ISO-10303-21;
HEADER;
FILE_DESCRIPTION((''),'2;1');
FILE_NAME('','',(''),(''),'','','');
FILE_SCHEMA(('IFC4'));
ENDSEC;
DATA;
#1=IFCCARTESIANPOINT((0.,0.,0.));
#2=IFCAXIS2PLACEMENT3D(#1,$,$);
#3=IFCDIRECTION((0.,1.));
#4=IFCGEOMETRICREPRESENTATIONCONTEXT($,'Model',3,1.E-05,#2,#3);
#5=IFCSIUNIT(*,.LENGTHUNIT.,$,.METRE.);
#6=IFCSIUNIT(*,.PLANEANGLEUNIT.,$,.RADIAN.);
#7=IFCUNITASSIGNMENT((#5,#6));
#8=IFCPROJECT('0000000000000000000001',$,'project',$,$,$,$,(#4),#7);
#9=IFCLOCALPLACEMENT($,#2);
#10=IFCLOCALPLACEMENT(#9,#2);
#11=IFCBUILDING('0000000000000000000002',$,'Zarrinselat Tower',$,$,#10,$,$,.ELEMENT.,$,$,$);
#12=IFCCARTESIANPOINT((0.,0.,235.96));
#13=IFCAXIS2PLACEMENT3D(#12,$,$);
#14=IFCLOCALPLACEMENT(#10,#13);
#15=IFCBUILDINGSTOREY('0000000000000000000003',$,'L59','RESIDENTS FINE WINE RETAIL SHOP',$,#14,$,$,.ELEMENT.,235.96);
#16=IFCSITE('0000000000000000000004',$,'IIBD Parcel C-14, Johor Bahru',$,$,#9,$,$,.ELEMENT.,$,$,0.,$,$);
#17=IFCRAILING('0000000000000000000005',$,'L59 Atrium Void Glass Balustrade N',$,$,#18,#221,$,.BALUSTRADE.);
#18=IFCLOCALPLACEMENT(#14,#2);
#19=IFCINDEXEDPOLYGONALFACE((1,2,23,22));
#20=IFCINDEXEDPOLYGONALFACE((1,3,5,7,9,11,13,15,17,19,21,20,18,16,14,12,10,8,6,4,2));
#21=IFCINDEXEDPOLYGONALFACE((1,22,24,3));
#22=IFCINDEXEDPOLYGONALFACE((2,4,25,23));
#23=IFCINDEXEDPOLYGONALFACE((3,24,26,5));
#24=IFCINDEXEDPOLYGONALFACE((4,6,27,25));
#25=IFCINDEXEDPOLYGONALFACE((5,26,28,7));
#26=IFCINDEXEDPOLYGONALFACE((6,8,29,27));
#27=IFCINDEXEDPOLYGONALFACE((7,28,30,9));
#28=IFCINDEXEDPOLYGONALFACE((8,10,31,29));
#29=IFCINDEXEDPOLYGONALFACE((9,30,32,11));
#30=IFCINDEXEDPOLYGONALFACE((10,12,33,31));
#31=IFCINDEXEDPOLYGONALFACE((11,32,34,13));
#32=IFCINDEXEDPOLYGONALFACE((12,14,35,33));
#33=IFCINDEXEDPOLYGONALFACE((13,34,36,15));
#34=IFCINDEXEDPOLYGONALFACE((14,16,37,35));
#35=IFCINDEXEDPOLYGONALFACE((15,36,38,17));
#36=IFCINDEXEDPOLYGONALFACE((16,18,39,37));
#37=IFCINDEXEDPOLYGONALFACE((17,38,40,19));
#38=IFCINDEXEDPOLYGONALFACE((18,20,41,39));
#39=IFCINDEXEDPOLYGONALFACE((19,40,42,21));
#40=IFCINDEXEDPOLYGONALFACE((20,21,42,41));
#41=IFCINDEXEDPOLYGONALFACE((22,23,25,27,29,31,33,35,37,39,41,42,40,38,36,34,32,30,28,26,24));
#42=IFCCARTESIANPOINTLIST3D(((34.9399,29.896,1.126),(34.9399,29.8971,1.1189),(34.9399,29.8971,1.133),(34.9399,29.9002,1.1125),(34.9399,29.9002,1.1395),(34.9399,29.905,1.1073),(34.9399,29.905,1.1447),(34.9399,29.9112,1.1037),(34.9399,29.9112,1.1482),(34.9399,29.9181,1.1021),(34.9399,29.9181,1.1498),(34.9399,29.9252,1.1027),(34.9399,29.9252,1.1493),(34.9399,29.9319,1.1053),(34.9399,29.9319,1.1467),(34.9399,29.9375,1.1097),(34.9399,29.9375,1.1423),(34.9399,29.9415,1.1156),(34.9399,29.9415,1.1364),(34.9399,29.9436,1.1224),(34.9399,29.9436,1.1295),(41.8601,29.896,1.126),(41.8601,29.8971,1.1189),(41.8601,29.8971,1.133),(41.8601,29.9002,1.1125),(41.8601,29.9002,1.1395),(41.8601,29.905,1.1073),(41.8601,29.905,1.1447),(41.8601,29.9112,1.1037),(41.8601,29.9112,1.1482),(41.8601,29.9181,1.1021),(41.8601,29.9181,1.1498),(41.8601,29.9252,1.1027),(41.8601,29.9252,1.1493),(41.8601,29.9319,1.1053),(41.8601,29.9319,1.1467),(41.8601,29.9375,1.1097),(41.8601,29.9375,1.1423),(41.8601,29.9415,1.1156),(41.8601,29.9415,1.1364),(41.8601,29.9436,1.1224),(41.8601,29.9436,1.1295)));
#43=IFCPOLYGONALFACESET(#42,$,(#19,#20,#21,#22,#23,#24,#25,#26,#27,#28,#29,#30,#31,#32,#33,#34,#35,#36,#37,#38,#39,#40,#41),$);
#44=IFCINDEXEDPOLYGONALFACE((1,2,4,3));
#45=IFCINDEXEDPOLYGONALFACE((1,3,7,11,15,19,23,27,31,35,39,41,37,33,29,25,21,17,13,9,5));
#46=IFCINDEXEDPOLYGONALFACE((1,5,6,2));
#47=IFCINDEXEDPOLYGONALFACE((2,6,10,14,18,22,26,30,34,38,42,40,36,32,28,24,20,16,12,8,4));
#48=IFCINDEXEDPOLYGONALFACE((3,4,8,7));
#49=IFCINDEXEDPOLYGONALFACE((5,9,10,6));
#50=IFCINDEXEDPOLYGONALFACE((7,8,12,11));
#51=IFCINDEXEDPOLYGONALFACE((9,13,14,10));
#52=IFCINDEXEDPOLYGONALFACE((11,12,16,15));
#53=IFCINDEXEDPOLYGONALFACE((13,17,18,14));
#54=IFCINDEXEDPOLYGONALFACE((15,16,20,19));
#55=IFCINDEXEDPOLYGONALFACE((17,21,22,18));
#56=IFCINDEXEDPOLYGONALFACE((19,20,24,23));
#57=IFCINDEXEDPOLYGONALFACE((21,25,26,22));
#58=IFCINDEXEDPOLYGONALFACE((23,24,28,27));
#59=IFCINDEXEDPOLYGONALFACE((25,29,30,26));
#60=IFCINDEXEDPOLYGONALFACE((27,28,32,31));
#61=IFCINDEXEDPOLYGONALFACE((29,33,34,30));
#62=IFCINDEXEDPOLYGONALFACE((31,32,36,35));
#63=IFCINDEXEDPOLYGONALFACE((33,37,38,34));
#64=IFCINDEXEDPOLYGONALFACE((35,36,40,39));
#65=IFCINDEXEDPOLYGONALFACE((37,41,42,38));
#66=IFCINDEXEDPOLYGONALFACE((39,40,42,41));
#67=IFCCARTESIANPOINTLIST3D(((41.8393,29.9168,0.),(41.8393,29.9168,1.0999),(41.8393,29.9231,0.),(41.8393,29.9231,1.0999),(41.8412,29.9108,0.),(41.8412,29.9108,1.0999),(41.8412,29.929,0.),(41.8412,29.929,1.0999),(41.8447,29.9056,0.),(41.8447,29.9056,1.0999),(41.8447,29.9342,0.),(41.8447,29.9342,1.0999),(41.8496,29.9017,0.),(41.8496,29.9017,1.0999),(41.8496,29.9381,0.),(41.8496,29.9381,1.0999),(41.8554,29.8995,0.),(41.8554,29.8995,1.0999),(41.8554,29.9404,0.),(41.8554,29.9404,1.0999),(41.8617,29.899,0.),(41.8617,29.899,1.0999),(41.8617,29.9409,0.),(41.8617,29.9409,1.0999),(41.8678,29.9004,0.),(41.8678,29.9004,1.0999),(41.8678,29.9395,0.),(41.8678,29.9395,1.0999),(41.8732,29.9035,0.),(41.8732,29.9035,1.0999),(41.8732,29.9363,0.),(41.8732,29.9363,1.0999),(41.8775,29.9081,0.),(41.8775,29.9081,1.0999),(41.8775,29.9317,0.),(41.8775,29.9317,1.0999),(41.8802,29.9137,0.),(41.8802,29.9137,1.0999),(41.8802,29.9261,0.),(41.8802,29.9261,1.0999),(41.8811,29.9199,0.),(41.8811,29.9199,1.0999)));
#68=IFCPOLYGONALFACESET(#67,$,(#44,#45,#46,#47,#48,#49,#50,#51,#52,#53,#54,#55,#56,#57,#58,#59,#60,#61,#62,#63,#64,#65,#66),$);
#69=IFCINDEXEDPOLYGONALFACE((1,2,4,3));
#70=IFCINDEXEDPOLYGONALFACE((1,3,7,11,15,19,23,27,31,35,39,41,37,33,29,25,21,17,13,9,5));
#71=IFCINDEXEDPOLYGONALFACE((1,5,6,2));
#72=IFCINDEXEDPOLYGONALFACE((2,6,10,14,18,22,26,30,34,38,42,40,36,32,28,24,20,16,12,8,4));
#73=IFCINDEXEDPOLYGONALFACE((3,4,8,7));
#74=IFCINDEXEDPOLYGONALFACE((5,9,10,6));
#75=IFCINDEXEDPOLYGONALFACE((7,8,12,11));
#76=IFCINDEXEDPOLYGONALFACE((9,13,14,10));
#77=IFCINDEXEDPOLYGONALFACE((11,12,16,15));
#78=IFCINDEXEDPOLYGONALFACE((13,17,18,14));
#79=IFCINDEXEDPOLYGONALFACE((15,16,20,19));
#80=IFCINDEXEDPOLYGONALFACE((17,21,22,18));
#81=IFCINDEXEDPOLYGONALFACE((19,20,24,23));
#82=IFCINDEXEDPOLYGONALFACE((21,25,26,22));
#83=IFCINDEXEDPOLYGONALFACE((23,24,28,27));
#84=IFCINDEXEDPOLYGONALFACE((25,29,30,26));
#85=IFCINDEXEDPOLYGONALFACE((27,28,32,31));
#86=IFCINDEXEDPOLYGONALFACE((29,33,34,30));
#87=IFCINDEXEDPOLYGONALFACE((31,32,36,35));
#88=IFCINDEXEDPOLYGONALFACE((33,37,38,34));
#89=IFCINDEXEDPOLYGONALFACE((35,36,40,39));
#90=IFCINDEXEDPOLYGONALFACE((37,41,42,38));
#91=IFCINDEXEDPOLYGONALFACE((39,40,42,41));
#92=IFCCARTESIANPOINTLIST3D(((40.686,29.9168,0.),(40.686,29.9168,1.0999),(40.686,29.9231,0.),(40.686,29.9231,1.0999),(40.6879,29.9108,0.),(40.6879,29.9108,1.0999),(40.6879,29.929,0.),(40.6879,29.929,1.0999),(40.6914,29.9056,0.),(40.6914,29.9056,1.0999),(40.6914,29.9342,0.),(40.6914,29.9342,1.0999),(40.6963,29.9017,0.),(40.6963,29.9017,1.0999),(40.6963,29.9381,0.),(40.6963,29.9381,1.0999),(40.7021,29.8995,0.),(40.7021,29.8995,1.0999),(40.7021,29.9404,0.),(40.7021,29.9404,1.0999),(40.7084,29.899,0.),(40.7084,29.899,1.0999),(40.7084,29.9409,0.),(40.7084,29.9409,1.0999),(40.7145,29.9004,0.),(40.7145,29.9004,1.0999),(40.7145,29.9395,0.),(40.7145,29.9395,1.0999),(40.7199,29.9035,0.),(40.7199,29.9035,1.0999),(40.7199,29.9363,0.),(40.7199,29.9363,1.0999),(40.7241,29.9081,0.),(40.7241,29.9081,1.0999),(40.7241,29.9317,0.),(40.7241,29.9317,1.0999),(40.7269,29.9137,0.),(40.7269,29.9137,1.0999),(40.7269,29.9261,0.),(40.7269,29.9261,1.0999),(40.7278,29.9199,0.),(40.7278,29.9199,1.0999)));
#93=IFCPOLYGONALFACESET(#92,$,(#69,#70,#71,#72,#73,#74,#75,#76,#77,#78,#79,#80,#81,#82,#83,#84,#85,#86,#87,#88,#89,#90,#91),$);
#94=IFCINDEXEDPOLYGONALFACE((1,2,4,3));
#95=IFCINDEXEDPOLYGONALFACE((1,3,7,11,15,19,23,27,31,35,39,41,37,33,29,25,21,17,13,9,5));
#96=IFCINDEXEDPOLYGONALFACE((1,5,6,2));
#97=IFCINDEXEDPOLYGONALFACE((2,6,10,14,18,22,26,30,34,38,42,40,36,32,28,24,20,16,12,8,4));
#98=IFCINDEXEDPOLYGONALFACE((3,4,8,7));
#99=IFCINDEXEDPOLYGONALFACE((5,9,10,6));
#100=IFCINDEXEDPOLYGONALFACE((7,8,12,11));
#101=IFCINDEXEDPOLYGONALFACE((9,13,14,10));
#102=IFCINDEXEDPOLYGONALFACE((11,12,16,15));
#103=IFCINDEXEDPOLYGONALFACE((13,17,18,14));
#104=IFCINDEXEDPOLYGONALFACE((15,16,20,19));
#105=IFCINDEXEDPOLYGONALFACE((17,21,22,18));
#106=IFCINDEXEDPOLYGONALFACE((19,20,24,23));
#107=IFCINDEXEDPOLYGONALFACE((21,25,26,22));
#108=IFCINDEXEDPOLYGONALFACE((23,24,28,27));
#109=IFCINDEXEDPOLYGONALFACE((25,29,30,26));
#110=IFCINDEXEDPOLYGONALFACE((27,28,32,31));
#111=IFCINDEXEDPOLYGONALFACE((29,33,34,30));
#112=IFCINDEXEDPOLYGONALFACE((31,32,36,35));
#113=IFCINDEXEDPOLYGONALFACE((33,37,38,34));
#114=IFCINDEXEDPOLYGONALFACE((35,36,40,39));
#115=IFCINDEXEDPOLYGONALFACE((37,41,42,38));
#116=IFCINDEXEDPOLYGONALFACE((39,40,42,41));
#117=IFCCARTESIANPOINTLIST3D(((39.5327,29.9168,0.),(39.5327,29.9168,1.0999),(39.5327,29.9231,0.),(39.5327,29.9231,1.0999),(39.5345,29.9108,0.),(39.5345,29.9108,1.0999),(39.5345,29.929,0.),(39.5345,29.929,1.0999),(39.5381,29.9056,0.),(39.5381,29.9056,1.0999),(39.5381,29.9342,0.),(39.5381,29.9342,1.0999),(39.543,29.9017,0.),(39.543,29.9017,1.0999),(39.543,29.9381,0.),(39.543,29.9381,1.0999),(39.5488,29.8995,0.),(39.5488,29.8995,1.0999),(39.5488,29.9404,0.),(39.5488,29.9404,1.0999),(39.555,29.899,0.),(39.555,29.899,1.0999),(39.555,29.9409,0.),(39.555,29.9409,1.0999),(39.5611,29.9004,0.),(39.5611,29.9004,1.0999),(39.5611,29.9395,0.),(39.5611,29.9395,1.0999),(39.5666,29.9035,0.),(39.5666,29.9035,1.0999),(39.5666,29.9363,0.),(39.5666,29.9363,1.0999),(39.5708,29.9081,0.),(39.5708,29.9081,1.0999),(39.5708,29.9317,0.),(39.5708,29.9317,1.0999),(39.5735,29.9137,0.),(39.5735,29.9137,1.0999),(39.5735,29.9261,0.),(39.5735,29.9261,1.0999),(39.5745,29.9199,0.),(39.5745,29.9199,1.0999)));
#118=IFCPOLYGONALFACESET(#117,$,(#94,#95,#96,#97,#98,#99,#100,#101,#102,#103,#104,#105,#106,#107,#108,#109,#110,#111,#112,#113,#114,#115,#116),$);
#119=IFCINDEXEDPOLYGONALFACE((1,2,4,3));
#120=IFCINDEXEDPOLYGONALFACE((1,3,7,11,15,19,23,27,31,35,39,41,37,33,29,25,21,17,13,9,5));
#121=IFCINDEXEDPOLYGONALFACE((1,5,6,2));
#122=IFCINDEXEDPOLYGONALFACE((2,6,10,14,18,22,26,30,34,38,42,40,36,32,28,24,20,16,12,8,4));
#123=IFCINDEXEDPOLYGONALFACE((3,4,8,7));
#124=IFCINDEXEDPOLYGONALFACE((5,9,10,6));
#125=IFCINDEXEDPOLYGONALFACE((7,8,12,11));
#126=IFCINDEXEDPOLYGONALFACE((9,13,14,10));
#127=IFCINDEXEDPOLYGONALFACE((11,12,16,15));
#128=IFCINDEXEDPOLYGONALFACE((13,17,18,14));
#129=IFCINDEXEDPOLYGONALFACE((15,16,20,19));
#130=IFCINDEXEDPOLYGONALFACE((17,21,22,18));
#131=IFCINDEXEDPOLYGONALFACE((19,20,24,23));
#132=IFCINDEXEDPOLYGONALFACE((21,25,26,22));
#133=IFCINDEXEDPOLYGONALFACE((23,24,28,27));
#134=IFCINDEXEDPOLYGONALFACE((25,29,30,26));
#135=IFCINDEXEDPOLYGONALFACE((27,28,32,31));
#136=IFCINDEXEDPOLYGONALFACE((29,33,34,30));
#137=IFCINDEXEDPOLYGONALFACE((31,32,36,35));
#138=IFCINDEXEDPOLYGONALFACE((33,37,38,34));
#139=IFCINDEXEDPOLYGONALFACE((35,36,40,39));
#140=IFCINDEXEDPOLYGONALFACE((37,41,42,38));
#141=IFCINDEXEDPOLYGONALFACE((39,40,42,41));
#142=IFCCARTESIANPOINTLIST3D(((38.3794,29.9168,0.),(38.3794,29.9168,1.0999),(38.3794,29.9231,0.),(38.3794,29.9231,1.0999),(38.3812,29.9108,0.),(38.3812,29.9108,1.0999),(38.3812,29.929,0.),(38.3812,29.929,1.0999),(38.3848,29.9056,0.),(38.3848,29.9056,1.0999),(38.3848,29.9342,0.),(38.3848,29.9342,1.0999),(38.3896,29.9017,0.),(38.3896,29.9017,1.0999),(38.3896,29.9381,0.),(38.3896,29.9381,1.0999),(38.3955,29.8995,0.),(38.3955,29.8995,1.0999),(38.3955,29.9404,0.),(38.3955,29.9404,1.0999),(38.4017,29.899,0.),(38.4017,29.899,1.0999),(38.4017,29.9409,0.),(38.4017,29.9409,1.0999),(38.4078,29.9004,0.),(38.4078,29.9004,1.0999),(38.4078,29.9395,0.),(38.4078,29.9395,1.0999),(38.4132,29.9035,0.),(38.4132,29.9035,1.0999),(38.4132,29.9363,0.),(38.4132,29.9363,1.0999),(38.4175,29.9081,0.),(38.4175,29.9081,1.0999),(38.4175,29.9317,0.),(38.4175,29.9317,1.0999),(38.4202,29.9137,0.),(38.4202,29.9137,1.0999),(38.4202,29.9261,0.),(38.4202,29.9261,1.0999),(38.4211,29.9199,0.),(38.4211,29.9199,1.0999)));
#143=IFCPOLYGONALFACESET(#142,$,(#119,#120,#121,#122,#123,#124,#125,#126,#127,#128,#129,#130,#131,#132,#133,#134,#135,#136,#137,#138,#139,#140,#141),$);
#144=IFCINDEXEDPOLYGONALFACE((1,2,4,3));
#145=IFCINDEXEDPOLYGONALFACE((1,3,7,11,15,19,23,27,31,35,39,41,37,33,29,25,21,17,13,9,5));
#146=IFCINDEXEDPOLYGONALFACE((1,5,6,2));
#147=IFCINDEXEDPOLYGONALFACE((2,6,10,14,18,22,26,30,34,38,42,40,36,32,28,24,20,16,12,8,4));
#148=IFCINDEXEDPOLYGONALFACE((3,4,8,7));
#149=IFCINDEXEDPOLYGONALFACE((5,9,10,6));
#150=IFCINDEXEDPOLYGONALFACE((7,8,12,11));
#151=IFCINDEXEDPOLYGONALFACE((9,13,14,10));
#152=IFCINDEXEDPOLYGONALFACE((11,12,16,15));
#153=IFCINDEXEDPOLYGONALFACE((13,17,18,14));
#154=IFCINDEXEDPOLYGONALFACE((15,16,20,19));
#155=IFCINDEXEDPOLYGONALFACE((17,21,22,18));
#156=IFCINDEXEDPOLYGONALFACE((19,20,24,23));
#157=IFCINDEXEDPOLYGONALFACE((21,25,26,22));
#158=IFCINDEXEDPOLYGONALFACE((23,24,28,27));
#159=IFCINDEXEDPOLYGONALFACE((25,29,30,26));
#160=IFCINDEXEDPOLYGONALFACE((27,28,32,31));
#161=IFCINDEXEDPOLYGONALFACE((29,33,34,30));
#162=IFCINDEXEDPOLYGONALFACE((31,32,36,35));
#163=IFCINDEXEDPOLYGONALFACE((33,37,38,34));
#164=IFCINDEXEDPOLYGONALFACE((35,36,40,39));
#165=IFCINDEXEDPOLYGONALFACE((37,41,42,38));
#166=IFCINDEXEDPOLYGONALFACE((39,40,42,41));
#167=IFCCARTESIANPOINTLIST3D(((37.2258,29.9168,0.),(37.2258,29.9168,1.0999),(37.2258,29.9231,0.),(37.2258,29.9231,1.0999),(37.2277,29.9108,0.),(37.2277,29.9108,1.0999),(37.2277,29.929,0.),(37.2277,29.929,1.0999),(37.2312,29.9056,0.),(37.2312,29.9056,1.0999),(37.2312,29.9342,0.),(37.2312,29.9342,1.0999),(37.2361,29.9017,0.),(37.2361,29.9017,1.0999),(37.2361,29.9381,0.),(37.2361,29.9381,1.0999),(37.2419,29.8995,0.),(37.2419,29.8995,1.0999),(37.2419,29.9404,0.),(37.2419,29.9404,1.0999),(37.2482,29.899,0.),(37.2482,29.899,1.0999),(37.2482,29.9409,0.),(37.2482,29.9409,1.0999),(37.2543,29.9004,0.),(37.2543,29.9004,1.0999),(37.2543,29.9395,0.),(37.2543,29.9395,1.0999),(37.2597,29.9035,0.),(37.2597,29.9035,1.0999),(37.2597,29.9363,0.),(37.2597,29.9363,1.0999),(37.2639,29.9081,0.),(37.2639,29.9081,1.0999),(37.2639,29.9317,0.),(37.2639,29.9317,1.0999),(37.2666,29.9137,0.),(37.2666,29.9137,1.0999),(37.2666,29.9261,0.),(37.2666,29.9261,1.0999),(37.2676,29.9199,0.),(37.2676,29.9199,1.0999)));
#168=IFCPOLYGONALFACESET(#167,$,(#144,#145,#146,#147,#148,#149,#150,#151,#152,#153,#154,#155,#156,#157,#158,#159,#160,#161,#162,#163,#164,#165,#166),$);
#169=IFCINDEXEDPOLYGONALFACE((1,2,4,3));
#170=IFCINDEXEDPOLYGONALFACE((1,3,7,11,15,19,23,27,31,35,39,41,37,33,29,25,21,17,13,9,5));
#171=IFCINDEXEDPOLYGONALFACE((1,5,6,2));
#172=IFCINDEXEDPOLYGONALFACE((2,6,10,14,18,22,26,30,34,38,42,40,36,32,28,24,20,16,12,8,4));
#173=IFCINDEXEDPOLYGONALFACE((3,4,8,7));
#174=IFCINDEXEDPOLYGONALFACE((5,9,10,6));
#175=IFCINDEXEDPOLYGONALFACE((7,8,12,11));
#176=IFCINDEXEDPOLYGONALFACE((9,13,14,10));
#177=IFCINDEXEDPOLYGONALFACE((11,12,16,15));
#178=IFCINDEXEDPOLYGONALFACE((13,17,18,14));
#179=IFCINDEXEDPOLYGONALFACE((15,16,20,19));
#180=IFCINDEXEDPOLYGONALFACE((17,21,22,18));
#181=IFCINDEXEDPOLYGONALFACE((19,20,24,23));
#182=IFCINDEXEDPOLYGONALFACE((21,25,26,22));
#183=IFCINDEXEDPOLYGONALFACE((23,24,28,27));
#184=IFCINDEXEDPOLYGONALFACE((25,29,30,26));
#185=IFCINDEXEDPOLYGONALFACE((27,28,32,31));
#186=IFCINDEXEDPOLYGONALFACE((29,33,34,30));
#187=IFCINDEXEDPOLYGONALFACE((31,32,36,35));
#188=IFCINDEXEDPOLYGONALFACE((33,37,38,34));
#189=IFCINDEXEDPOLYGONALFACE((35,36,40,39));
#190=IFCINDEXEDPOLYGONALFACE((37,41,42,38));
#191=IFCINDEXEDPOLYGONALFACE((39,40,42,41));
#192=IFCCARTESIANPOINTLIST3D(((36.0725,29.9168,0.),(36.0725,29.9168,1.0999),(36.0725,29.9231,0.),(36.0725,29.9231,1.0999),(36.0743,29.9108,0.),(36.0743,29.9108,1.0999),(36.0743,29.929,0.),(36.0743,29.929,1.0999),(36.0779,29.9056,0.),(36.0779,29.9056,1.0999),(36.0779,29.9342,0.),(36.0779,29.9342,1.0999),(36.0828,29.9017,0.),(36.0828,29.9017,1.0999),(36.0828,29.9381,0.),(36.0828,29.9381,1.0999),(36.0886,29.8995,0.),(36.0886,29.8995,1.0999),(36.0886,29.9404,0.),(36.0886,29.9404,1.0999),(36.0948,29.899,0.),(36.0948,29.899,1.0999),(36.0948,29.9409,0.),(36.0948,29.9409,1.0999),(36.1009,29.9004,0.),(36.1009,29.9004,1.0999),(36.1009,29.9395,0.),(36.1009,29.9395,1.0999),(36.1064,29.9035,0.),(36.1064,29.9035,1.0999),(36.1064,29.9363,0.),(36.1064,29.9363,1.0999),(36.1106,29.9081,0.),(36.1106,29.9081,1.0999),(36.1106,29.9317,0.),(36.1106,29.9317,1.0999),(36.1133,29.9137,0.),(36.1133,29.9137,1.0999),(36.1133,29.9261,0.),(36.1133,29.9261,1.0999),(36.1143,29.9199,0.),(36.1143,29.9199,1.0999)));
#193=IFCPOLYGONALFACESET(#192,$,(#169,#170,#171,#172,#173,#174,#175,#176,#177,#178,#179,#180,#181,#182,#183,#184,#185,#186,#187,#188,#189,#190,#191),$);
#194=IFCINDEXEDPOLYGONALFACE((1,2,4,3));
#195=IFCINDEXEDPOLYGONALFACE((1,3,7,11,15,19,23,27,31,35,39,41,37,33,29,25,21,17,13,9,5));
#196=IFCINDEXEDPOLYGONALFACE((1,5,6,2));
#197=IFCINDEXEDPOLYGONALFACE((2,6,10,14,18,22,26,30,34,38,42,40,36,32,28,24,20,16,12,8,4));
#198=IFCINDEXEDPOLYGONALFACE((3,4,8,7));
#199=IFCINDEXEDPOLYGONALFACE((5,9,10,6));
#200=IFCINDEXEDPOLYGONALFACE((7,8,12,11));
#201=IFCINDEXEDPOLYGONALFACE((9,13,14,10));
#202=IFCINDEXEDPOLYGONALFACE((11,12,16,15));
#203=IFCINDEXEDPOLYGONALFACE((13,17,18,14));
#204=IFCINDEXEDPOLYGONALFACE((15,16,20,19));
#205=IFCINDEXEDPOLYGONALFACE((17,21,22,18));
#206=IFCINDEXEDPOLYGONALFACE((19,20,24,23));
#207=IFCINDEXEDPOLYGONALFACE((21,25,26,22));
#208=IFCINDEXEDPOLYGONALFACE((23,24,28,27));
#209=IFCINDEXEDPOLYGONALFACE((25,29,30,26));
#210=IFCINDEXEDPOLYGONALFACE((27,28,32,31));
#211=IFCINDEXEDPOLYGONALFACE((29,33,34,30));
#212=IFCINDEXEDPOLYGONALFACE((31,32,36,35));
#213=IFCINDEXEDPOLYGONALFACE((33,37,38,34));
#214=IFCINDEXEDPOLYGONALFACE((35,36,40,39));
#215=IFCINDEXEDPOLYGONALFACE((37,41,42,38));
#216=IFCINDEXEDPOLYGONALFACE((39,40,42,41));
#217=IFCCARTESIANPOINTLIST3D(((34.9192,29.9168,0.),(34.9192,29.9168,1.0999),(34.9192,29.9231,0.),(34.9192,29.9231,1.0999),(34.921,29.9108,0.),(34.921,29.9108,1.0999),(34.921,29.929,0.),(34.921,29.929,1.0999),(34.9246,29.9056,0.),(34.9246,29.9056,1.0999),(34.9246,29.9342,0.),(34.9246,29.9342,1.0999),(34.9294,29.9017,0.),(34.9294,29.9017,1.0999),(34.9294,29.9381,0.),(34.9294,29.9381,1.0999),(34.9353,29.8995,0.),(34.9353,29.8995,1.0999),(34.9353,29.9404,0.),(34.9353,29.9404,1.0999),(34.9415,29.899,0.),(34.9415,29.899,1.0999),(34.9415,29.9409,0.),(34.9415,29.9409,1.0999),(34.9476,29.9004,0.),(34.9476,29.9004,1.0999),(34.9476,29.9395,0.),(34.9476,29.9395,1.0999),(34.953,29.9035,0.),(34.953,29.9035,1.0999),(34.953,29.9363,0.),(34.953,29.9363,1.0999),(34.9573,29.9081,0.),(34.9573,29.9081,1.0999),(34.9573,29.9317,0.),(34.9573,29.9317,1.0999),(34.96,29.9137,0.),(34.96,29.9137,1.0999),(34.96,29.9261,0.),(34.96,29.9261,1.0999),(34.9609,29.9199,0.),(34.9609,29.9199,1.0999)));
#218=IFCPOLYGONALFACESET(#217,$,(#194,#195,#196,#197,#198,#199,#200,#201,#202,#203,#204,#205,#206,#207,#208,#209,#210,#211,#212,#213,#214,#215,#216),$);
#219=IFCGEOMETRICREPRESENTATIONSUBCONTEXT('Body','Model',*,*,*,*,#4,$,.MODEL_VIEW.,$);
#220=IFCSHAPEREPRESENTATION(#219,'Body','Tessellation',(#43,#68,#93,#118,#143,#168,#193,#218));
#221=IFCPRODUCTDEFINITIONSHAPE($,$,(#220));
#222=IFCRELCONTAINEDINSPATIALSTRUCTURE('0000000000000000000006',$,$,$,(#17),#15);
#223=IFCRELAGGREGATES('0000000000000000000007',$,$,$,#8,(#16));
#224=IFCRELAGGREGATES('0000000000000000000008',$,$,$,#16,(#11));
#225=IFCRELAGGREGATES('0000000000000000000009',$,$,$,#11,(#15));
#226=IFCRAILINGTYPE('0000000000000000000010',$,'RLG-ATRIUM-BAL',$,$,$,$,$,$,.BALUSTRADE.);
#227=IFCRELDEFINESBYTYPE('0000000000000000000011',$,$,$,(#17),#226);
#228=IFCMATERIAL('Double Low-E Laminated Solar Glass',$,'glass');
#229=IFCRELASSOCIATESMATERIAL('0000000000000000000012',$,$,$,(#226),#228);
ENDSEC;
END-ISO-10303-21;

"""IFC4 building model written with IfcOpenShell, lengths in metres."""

from ifc_helpers import new_model, si_unit, direction, frame, origin, origin_2d, place, context, subcontext, project, spatial, circle, extrude, material, type_object, element, save


model = new_model("IFC4")

# Units and contexts
model_context = context("Model", 3, precision=1e-05, world=origin(), true_north=direction((0.0, 1.0)))
body_context = subcontext(model_context, "Body", "Model", "MODEL_VIEW")
ifc_project = project(units=[si_unit("LENGTHUNIT", "METRE"), si_unit("PLANEANGLEUNIT", "RADIAN")], contexts=[model_context])

# Site, building, storey
site_placement = place(None, origin())
site = spatial("IfcSite", under=ifc_project, at=site_placement, Name="IIBD Parcel C-14, Johor Bahru", CompositionType="ELEMENT", RefElevation=0.0)
building_placement = place(site_placement, origin())
building = spatial("IfcBuilding", under=site, at=building_placement, Name="Zarrinselat Tower", CompositionType="ELEMENT")
storey_placement = place(building_placement, frame((0.0, 0.0, 235.96)))
storey = spatial("IfcBuildingStorey", under=building, at=storey_placement, Name="L59", Description="RESIDENTS FINE WINE RETAIL SHOP", CompositionType="ELEMENT", Elevation=235.96)

# Railing
ifc_material_1 = material(Name="Double Low-E Laminated Solar Glass", Category="glass")
railing_type_1 = type_object("IfcRailingType", Name="RLG-ATRIUM-BAL", PredefinedType="BALUSTRADE", material=ifc_material_1)
railing_1_placement = place(storey_placement, frame((41.8601, 29.9199, 0.0)))
element("IfcRailing", 1, at=railing_1_placement, inside=storey, type_object=railing_type_1, Name="L59 Atrium Void Glass Balustrade N", PredefinedType="BALUSTRADE", context=body_context, shape_type="SweptSolid", body=[
    extrude(circle(Radius=0.0239, at=origin_2d()), frame((0.0, 0.0, 1.126), z_axis=(-1.0, 0.0, 0.0), x_axis=(0.0, -1.0, 0.0)), (0.0, 0.0, 1.0), 6.9202),
    extrude(circle(Radius=0.021, at=origin_2d()), origin(), (0.0, 0.0, 1.0), 1.0999),
    extrude(circle(Radius=0.021, at=origin_2d()), frame((-1.1533, 0.0, 0.0)), (0.0, 0.0, 1.0), 1.0999),
    extrude(circle(Radius=0.021, at=origin_2d()), frame((-2.3066, 0.0, 0.0)), (0.0, 0.0, 1.0), 1.0999),
    extrude(circle(Radius=0.021, at=origin_2d()), frame((-3.46, 0.0, 0.0)), (0.0, 0.0, 1.0), 1.0999),
    extrude(circle(Radius=0.021, at=origin_2d()), frame((-4.6135, 0.0, 0.0)), (0.0, 0.0, 1.0), 1.0999),
    extrude(circle(Radius=0.021, at=origin_2d()), frame((-5.7668, 0.0, 0.0)), (0.0, 0.0, 1.0), 1.0999),
    extrude(circle(Radius=0.021, at=origin_2d()), frame((-6.9202, 0.0, 0.0)), (0.0, 0.0, 1.0), 1.0999),
])

save(model, "model.ifc")
